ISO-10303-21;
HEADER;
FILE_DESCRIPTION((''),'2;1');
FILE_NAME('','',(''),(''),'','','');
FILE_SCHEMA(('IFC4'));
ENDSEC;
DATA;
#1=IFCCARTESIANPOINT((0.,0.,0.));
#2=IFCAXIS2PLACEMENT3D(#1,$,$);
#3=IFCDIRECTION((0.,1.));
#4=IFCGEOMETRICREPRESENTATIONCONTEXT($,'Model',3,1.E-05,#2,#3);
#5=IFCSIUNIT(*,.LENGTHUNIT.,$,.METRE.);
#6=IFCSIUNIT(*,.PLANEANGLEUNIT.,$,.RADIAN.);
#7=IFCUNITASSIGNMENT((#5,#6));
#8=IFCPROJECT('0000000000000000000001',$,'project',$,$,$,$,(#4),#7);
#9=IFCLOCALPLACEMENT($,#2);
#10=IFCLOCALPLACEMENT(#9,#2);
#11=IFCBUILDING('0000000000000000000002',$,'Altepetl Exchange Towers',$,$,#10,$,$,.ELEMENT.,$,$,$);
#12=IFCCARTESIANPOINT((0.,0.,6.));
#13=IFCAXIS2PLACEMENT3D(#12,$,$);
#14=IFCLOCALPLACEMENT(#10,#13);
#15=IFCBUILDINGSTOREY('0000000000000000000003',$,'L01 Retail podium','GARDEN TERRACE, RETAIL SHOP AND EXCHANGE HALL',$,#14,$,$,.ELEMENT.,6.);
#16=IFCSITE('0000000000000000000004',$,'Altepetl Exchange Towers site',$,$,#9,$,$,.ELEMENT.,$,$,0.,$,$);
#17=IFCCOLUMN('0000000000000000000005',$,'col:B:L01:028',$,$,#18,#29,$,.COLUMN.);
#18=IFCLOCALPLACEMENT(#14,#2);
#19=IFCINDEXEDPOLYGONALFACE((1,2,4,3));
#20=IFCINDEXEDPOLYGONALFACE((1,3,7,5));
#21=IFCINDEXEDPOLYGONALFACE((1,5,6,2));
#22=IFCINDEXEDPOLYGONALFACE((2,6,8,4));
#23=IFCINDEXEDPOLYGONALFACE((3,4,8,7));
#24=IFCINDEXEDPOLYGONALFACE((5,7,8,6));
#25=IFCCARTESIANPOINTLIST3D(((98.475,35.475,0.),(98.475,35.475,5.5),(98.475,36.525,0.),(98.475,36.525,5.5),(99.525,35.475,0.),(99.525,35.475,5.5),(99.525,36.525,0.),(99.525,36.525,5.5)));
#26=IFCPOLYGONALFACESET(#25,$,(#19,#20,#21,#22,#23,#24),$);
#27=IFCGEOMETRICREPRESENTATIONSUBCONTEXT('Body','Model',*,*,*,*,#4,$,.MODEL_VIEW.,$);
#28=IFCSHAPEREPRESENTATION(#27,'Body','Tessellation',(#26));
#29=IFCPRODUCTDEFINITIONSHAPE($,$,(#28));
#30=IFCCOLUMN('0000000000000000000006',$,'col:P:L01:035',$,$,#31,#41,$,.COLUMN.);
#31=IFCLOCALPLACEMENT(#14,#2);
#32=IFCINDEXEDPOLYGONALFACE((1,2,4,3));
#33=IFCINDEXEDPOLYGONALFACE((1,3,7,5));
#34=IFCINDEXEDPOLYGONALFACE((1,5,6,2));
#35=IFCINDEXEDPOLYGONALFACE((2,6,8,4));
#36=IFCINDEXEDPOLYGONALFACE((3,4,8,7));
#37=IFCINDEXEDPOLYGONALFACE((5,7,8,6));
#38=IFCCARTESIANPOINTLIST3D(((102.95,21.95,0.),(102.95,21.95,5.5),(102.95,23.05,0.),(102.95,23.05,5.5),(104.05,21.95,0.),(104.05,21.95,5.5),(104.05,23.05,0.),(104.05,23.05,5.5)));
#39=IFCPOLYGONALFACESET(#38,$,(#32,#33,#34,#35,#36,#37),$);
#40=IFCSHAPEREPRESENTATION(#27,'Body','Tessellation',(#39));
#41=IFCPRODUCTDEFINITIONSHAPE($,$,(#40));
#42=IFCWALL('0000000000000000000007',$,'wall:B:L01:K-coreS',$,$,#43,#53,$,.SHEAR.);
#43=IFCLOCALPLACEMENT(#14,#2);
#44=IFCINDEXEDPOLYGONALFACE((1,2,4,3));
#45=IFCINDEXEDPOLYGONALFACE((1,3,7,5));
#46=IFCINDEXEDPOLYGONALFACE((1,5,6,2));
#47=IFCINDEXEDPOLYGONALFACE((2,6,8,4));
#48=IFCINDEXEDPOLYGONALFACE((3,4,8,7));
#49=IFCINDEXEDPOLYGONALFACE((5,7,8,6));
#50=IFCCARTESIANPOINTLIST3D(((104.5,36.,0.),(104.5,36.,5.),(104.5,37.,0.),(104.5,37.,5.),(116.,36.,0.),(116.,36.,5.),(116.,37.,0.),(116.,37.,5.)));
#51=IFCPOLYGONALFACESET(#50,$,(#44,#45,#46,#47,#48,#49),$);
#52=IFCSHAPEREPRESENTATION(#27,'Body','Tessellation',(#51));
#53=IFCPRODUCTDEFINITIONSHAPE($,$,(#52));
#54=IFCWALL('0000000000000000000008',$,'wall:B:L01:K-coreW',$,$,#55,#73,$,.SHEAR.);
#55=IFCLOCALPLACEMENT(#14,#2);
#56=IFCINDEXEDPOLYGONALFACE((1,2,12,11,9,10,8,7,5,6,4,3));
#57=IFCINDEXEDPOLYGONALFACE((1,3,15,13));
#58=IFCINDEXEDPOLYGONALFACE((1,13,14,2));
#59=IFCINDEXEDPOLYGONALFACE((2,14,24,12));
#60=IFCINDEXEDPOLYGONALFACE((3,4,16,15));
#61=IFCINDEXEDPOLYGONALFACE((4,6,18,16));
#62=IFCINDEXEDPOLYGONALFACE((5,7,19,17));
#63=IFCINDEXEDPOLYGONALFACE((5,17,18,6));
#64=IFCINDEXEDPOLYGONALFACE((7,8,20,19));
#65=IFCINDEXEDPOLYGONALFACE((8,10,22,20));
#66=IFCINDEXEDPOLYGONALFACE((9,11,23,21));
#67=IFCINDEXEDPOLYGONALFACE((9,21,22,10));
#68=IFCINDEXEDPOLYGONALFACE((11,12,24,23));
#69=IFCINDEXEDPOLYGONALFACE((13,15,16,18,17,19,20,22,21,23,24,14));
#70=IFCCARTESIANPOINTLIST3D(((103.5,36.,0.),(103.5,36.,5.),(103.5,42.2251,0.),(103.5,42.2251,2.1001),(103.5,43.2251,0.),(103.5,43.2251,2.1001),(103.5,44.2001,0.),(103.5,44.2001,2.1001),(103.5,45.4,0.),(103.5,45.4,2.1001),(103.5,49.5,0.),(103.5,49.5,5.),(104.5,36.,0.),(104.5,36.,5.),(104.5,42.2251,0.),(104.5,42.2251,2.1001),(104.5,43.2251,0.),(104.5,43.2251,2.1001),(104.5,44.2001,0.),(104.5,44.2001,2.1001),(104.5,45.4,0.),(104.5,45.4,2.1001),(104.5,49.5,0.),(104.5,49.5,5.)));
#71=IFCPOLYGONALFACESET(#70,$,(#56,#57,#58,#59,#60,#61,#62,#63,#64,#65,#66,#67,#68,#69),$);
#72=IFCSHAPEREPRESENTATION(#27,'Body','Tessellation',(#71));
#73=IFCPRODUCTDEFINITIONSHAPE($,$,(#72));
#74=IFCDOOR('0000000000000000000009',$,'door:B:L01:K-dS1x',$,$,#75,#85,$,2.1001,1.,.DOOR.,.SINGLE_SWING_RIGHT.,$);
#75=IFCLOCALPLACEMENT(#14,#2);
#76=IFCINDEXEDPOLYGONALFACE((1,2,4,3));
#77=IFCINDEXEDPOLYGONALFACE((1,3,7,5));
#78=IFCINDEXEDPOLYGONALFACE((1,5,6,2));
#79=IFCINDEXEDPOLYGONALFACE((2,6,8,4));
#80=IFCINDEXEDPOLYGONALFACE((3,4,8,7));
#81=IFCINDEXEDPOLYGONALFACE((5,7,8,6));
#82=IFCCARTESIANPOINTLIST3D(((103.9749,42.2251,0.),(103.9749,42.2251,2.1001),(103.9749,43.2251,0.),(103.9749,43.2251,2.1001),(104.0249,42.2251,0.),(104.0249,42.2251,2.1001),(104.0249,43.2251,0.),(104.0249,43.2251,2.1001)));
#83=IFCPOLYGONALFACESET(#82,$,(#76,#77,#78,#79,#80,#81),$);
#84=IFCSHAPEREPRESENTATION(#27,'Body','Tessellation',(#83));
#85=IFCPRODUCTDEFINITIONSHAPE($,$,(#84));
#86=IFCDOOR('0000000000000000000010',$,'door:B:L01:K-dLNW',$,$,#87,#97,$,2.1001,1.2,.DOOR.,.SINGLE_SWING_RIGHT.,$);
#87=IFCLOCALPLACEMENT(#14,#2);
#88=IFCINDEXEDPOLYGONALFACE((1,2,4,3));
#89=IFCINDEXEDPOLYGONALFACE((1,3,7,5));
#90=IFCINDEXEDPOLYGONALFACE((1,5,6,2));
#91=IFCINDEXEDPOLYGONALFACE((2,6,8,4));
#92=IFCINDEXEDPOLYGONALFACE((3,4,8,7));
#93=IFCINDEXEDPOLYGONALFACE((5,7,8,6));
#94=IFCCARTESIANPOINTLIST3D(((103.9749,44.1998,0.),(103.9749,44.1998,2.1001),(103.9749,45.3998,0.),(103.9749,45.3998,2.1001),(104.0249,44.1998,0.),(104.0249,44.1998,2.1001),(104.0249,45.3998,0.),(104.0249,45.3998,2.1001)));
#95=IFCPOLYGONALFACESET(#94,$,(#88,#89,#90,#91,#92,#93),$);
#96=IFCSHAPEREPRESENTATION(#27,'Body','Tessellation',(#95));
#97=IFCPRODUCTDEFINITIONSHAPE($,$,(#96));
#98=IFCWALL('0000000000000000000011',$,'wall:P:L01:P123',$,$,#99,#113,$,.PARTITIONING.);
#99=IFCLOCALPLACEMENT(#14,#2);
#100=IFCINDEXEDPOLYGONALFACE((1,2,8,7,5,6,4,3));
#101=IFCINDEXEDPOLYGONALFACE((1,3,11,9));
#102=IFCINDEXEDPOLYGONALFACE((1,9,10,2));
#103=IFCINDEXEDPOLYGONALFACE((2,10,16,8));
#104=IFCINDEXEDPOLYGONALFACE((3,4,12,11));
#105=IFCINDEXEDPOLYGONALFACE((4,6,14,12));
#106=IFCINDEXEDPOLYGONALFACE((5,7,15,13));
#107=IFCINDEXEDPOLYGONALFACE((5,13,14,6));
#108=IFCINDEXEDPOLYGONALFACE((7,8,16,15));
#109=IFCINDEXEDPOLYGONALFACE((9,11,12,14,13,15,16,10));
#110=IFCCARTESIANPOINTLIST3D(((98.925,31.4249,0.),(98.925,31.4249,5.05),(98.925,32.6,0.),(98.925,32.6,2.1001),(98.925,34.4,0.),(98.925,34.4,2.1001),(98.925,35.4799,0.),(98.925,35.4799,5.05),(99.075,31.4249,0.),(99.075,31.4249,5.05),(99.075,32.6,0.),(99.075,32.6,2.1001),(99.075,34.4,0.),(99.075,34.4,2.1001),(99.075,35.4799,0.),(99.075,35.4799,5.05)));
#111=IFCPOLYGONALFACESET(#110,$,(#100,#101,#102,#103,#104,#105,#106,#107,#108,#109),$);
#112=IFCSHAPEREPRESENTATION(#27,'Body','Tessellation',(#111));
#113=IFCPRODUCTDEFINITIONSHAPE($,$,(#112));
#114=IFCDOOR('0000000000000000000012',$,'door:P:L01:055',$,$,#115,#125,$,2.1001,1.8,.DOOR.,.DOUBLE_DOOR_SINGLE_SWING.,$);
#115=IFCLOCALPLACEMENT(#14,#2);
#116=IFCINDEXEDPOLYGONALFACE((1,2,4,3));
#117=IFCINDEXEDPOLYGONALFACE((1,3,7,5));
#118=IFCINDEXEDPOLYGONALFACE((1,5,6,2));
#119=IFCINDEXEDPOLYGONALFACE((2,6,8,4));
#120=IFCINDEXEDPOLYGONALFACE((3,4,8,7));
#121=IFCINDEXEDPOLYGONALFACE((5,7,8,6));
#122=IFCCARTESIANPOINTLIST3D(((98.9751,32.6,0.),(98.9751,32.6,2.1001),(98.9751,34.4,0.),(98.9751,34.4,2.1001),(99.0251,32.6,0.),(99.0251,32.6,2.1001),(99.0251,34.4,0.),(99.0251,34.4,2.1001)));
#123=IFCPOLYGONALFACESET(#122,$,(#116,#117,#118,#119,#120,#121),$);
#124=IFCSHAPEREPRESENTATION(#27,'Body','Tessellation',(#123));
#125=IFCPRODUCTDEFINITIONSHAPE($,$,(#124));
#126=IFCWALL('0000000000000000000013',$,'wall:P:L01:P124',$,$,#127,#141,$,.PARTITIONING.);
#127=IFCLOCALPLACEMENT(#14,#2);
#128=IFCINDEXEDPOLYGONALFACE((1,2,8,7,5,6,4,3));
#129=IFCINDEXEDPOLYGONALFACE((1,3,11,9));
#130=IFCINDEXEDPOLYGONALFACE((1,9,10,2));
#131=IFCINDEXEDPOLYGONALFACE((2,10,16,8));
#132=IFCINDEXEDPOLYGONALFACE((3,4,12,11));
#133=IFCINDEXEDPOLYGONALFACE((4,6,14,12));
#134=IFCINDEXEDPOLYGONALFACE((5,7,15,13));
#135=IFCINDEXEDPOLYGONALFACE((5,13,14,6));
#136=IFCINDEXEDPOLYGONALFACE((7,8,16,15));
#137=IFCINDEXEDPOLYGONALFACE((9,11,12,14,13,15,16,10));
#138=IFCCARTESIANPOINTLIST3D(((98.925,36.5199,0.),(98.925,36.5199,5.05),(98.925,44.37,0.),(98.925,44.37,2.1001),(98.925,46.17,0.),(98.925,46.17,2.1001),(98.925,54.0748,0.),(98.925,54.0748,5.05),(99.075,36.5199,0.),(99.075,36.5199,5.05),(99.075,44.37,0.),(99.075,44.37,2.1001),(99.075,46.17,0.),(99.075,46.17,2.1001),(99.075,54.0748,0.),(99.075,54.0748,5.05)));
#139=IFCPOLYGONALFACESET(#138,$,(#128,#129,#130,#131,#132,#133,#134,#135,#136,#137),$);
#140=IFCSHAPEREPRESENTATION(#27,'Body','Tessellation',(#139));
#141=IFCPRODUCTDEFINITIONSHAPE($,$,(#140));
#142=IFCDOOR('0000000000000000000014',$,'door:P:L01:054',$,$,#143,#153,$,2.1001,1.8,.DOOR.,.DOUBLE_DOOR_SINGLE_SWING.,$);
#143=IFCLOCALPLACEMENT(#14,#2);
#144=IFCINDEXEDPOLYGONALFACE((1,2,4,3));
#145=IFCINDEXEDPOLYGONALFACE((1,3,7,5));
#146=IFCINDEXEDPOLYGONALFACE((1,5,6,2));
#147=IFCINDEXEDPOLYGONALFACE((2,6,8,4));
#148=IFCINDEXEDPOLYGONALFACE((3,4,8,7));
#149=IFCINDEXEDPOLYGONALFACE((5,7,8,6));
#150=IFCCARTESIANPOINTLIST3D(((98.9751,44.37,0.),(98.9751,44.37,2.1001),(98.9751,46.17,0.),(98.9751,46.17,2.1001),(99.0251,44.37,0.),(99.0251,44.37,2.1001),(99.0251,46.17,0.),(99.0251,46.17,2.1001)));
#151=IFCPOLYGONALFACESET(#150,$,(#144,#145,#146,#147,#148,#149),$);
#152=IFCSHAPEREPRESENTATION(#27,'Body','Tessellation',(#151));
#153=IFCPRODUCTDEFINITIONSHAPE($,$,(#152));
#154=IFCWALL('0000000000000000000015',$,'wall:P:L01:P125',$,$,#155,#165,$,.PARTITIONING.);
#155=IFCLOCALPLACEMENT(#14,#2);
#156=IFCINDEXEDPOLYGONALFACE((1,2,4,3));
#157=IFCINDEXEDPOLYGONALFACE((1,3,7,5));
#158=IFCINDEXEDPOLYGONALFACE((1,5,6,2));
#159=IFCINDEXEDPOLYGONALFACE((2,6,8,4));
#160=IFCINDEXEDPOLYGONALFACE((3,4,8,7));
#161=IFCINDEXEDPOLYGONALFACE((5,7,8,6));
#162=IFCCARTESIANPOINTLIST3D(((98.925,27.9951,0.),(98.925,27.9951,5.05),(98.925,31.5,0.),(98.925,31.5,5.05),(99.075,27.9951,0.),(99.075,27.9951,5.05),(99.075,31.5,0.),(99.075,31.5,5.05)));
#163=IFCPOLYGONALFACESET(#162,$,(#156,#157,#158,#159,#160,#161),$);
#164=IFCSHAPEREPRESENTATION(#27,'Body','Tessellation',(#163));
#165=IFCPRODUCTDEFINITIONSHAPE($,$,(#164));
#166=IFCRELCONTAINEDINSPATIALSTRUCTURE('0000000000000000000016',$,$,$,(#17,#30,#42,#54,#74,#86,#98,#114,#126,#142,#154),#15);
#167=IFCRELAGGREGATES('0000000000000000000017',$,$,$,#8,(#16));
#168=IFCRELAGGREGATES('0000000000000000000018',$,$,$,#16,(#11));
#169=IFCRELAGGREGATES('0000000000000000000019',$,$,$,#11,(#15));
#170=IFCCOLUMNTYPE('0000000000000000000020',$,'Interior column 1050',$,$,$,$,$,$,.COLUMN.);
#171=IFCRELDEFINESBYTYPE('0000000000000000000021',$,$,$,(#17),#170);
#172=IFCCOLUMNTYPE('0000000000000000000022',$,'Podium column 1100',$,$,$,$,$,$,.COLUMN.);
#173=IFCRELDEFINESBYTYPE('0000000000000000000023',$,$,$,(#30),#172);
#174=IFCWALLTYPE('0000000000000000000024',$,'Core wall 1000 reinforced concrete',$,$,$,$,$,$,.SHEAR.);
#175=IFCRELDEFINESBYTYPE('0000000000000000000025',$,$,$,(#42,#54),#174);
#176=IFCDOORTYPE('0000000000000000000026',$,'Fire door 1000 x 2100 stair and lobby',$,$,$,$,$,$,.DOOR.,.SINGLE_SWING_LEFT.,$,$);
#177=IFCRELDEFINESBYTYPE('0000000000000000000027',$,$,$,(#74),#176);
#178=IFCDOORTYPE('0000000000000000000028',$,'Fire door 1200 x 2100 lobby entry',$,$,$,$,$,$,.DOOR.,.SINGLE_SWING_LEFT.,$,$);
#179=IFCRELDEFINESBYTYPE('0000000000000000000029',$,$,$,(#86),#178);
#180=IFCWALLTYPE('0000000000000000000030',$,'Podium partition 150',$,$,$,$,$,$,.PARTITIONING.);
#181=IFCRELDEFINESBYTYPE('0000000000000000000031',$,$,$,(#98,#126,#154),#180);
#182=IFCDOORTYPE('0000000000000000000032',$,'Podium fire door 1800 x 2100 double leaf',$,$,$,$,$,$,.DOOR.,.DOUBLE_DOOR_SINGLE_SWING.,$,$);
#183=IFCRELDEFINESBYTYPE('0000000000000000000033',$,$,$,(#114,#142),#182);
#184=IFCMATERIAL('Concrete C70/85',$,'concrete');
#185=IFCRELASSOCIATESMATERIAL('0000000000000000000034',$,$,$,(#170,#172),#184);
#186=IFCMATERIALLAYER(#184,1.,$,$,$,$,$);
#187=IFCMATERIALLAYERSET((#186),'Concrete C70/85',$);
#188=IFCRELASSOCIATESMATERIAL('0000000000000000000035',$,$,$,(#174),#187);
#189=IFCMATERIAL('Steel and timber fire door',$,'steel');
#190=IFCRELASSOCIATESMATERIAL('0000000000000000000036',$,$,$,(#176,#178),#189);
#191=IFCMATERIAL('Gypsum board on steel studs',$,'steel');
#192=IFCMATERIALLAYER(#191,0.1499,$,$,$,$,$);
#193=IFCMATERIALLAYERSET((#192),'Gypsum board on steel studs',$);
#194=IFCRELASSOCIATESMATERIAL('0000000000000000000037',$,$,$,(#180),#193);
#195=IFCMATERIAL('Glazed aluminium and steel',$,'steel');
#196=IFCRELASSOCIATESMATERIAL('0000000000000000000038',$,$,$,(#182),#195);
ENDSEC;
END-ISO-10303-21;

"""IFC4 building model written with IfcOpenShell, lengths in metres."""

from ifc_helpers import new_model, si_unit, direction, frame, frame_2d, origin, origin_2d, place, context, subcontext, project, spatial, rectangle, extrude, material, layer, layer_set, material_profile, profile_set, type_object, element, fill, save


model = new_model("IFC4")

# Units and contexts
model_context = context("Model", 3, precision=1e-05, world=origin(), true_north=direction((0.0, 1.0)))
body_context = subcontext(model_context, "Body", "Model", "MODEL_VIEW")
ifc_project = project(units=[si_unit("LENGTHUNIT", "METRE"), si_unit("PLANEANGLEUNIT", "RADIAN")], contexts=[model_context])

# Site, building, storey
site_placement = place(None, origin())
site = spatial("IfcSite", under=ifc_project, at=site_placement, Name="Altepetl Exchange Towers site", CompositionType="ELEMENT", RefElevation=0.0)
building_placement = place(site_placement, origin())
building = spatial("IfcBuilding", under=site, at=building_placement, Name="Altepetl Exchange Towers", CompositionType="ELEMENT")
storey_placement = place(building_placement, frame((0.0, 0.0, 6.0)))
storey = spatial("IfcBuildingStorey", under=building, at=storey_placement, Name="L01 Retail podium", Description="GARDEN TERRACE, RETAIL SHOP AND EXCHANGE HALL", CompositionType="ELEMENT", Elevation=6.0)

# Columns
ifc_material_1 = material(Name="Concrete C70/85", Category="concrete")
ifc_material_profile_1 = material_profile(ifc_material_1, rectangle(XDim=1.05, YDim=1.05, at=origin_2d()), Name="1050 x 1050")
ifc_profile_set_1 = profile_set([ifc_material_profile_1], Name="Concrete C70/85")
column_type_1 = type_object("IfcColumnType", Name="Interior column 1050", PredefinedType="COLUMN", material=ifc_profile_set_1)
column_1_placement = place(storey_placement, frame((99.0, 36.0, 0.0)))
element("IfcColumn", 1, at=column_1_placement, inside=storey, type_object=column_type_1, Name="col:B:L01:028", PredefinedType="COLUMN", context=body_context, shape_type="SweptSolid", body=[
    extrude(rectangle(XDim=1.05, YDim=1.05, at=origin_2d()), origin(), (0.0, 0.0, 1.0), 5.5),
])
ifc_material_profile_2 = material_profile(ifc_material_1, rectangle(XDim=1.1001, YDim=1.1001, at=origin_2d()), Name="1100 x 1100")
ifc_profile_set_2 = profile_set([ifc_material_profile_2], Name="Concrete C70/85")
column_type_2 = type_object("IfcColumnType", Name="Podium column 1100", PredefinedType="COLUMN", material=ifc_profile_set_2)
column_2_placement = place(storey_placement, frame((103.5, 22.5, 0.0)))
element("IfcColumn", 2, at=column_2_placement, inside=storey, type_object=column_type_2, Name="col:P:L01:035", PredefinedType="COLUMN", context=body_context, shape_type="SweptSolid", body=[
    extrude(rectangle(XDim=1.1001, YDim=1.1001, at=origin_2d()), origin(), (0.0, 0.0, 1.0), 5.5),
])

# Wall
ifc_layer_1 = layer(ifc_material_1, 1.0)
ifc_layer_set_1 = layer_set([ifc_layer_1], Name="Concrete C70/85")
wall_type_1 = type_object("IfcWallType", Name="Core wall 1000 reinforced concrete", PredefinedType="SHEAR", material=ifc_layer_set_1)
wall_1_placement = place(storey_placement, frame((104.5, 36.5, 0.0)))
element("IfcWall", 3, at=wall_1_placement, inside=storey, type_object=wall_type_1, Name="wall:B:L01:K-coreS", PredefinedType="SHEAR", context=body_context, shape_type="SweptSolid", body=[
    extrude(rectangle(XDim=11.5, YDim=1.0, at=frame_2d((5.75, 0.0))), origin(), (0.0, 0.0, 1.0), 5.0),
])

# Wall, openings, doors
wall_2_placement = place(storey_placement, frame((104.0, 36.0, 0.0), z_axis=(0.0, 0.0, 1.0), x_axis=(0.0, 1.0, 0.0)))
wall_2 = element("IfcWall", 4, at=wall_2_placement, inside=storey, type_object=wall_type_1, Name="wall:B:L01:K-coreW", PredefinedType="SHEAR", context=body_context, shape_type="SweptSolid", body=[
    extrude(rectangle(XDim=13.5, YDim=1.0, at=frame_2d((6.75, 0.0))), origin(), (0.0, 0.0, 1.0), 5.0),
])
opening_1_placement = place(wall_2_placement, frame((8.2, 0.0, 0.0)))
opening_1 = element("IfcOpeningElement", 5, at=opening_1_placement, cuts=wall_2, PredefinedType="OPENING", context=body_context, shape_type="SweptSolid", body=[
    extrude(rectangle(XDim=1.2, YDim=2.1001, at=frame_2d((0.6001, 1.05))), frame((0.0, 0.51, 0.0), z_axis=(0.0, -1.0, 0.0), x_axis=(1.0, 0.0, 0.0)), (0.0, 0.0, 1.0), 1.02),
])
opening_2_placement = place(wall_2_placement, frame((6.2251, 0.0, 0.0)))
opening_2 = element("IfcOpeningElement", 6, at=opening_2_placement, cuts=wall_2, PredefinedType="OPENING", context=body_context, shape_type="SweptSolid", body=[
    extrude(rectangle(XDim=1.0, YDim=2.1001, at=frame_2d((0.5, 1.05))), frame((0.0, 0.51, 0.0), z_axis=(0.0, -1.0, 0.0), x_axis=(1.0, 0.0, 0.0)), (0.0, 0.0, 1.0), 1.02),
])
ifc_material_2 = material(Name="Steel and timber fire door", Category="steel")
door_type_1 = type_object("IfcDoorType", Name="Fire door 1000 x 2100 stair and lobby", OperationType="SINGLE_SWING_LEFT", PredefinedType="DOOR", material=ifc_material_2)
door_1_placement = place(opening_2_placement, frame((1.0, 0.0, 0.0), x_axis=(-1.0, 0.0, 0.0)))
door_1 = element("IfcDoor", 7, at=door_1_placement, inside=storey, type_object=door_type_1, Name="door:B:L01:K-dS1x", OperationType="SINGLE_SWING_RIGHT", OverallHeight=2.1001, OverallWidth=1.0, PredefinedType="DOOR", context=body_context, shape_type="SweptSolid", body=[
    extrude(rectangle(XDim=1.0, YDim=2.1001, at=frame_2d((0.5, 1.05))), frame((0.0, 0.0249, 0.0), z_axis=(0.0, -1.0, 0.0), x_axis=(1.0, 0.0, 0.0)), (0.0, 0.0, 1.0), 0.05),
])
fill(opening_2, door_1)
door_type_2 = type_object("IfcDoorType", Name="Fire door 1200 x 2100 lobby entry", OperationType="SINGLE_SWING_LEFT", PredefinedType="DOOR", material=ifc_material_2)
door_2_placement = place(opening_1_placement, frame((1.2, 0.0, 0.0), x_axis=(-1.0, 0.0, 0.0)))
door_2 = element("IfcDoor", 8, at=door_2_placement, inside=storey, type_object=door_type_2, Name="door:B:L01:K-dLNW", OperationType="SINGLE_SWING_RIGHT", OverallHeight=2.1001, OverallWidth=1.2, PredefinedType="DOOR", context=body_context, shape_type="SweptSolid", body=[
    extrude(rectangle(XDim=1.2, YDim=2.1001, at=frame_2d((0.6001, 1.05))), frame((0.0, 0.0249, 0.0), z_axis=(0.0, -1.0, 0.0), x_axis=(1.0, 0.0, 0.0)), (0.0, 0.0, 1.0), 0.05),
])
fill(opening_1, door_2)

# Walls, openings, doors
ifc_material_3 = material(Name="Gypsum board on steel studs", Category="steel")
ifc_layer_2 = layer(ifc_material_3, 0.1499)
ifc_layer_set_2 = layer_set([ifc_layer_2], Name="Gypsum board on steel studs")
wall_type_2 = type_object("IfcWallType", Name="Podium partition 150", PredefinedType="PARTITIONING", material=ifc_layer_set_2)
wall_3_placement = place(storey_placement, frame((99.0, 31.425, 0.0), z_axis=(0.0, 0.0, 1.0), x_axis=(0.0, 1.0, 0.0)))
wall_3 = element("IfcWall", 9, at=wall_3_placement, inside=storey, type_object=wall_type_2, Name="wall:P:L01:P123", PredefinedType="PARTITIONING", context=body_context, shape_type="SweptSolid", body=[
    extrude(rectangle(XDim=4.0549, YDim=0.1499, at=frame_2d((2.0273, 0.0))), origin(), (0.0, 0.0, 1.0), 5.05),
])
opening_3_placement = place(wall_3_placement, frame((1.175, 0.0, 0.0)))
opening_3 = element("IfcOpeningElement", 10, at=opening_3_placement, cuts=wall_3, PredefinedType="OPENING", context=body_context, shape_type="SweptSolid", body=[
    extrude(rectangle(XDim=1.8, YDim=2.1001, at=frame_2d((0.8999, 1.05))), frame((0.0, 0.085, 0.0), z_axis=(0.0, -1.0, 0.0), x_axis=(1.0, 0.0, 0.0)), (0.0, 0.0, 1.0), 0.1699),
])
ifc_material_4 = material(Name="Glazed aluminium and steel", Category="steel")
door_type_3 = type_object("IfcDoorType", Name="Podium fire door 1800 x 2100 double leaf", OperationType="DOUBLE_DOOR_SINGLE_SWING", PredefinedType="DOOR", material=ifc_material_4)
door_3_placement = place(opening_3_placement, origin())
door_3 = element("IfcDoor", 11, at=door_3_placement, inside=storey, type_object=door_type_3, Name="door:P:L01:055", OperationType="DOUBLE_DOOR_SINGLE_SWING", OverallHeight=2.1001, OverallWidth=1.8, PredefinedType="DOOR", context=body_context, shape_type="SweptSolid", body=[
    extrude(rectangle(XDim=1.8, YDim=2.1001, at=frame_2d((0.8999, 1.05))), frame((0.0, 0.0249, 0.0), z_axis=(0.0, -1.0, 0.0), x_axis=(1.0, 0.0, 0.0)), (0.0, 0.0, 1.0), 0.05),
])
fill(opening_3, door_3)
wall_4_placement = place(storey_placement, frame((99.0, 36.52, 0.0), z_axis=(0.0, 0.0, 1.0), x_axis=(0.0, 1.0, 0.0)))
wall_4 = element("IfcWall", 12, at=wall_4_placement, inside=storey, type_object=wall_type_2, Name="wall:P:L01:P124", PredefinedType="PARTITIONING", context=body_context, shape_type="SweptSolid", body=[
    extrude(rectangle(XDim=17.5549, YDim=0.1499, at=frame_2d((8.7773, 0.0))), origin(), (0.0, 0.0, 1.0), 5.05),
])
opening_4_placement = place(wall_4_placement, frame((7.8501, 0.0, 0.0)))
opening_4 = element("IfcOpeningElement", 13, at=opening_4_placement, cuts=wall_4, PredefinedType="OPENING", context=body_context, shape_type="SweptSolid", body=[
    extrude(rectangle(XDim=1.8, YDim=2.1001, at=frame_2d((0.8999, 1.05))), frame((0.0, 0.085, 0.0), z_axis=(0.0, -1.0, 0.0), x_axis=(1.0, 0.0, 0.0)), (0.0, 0.0, 1.0), 0.1699),
])
door_4_placement = place(opening_4_placement, origin())
door_4 = element("IfcDoor", 14, at=door_4_placement, inside=storey, type_object=door_type_3, Name="door:P:L01:054", OperationType="DOUBLE_DOOR_SINGLE_SWING", OverallHeight=2.1001, OverallWidth=1.8, PredefinedType="DOOR", context=body_context, shape_type="SweptSolid", body=[
    extrude(rectangle(XDim=1.8, YDim=2.1001, at=frame_2d((0.8999, 1.05))), frame((0.0, 0.0249, 0.0), z_axis=(0.0, -1.0, 0.0), x_axis=(1.0, 0.0, 0.0)), (0.0, 0.0, 1.0), 0.05),
])
fill(opening_4, door_4)

# Wall
wall_5_placement = place(storey_placement, frame((99.0, 27.9951, 0.0), z_axis=(0.0, 0.0, 1.0), x_axis=(0.0, 1.0, 0.0)))
element("IfcWall", 15, at=wall_5_placement, inside=storey, type_object=wall_type_2, Name="wall:P:L01:P125", PredefinedType="PARTITIONING", context=body_context, shape_type="SweptSolid", body=[
    extrude(rectangle(XDim=3.5049, YDim=0.1499, at=frame_2d((1.7524, 0.0))), origin(), (0.0, 0.0, 1.0), 5.05),
])

save(model, "model.ifc")
